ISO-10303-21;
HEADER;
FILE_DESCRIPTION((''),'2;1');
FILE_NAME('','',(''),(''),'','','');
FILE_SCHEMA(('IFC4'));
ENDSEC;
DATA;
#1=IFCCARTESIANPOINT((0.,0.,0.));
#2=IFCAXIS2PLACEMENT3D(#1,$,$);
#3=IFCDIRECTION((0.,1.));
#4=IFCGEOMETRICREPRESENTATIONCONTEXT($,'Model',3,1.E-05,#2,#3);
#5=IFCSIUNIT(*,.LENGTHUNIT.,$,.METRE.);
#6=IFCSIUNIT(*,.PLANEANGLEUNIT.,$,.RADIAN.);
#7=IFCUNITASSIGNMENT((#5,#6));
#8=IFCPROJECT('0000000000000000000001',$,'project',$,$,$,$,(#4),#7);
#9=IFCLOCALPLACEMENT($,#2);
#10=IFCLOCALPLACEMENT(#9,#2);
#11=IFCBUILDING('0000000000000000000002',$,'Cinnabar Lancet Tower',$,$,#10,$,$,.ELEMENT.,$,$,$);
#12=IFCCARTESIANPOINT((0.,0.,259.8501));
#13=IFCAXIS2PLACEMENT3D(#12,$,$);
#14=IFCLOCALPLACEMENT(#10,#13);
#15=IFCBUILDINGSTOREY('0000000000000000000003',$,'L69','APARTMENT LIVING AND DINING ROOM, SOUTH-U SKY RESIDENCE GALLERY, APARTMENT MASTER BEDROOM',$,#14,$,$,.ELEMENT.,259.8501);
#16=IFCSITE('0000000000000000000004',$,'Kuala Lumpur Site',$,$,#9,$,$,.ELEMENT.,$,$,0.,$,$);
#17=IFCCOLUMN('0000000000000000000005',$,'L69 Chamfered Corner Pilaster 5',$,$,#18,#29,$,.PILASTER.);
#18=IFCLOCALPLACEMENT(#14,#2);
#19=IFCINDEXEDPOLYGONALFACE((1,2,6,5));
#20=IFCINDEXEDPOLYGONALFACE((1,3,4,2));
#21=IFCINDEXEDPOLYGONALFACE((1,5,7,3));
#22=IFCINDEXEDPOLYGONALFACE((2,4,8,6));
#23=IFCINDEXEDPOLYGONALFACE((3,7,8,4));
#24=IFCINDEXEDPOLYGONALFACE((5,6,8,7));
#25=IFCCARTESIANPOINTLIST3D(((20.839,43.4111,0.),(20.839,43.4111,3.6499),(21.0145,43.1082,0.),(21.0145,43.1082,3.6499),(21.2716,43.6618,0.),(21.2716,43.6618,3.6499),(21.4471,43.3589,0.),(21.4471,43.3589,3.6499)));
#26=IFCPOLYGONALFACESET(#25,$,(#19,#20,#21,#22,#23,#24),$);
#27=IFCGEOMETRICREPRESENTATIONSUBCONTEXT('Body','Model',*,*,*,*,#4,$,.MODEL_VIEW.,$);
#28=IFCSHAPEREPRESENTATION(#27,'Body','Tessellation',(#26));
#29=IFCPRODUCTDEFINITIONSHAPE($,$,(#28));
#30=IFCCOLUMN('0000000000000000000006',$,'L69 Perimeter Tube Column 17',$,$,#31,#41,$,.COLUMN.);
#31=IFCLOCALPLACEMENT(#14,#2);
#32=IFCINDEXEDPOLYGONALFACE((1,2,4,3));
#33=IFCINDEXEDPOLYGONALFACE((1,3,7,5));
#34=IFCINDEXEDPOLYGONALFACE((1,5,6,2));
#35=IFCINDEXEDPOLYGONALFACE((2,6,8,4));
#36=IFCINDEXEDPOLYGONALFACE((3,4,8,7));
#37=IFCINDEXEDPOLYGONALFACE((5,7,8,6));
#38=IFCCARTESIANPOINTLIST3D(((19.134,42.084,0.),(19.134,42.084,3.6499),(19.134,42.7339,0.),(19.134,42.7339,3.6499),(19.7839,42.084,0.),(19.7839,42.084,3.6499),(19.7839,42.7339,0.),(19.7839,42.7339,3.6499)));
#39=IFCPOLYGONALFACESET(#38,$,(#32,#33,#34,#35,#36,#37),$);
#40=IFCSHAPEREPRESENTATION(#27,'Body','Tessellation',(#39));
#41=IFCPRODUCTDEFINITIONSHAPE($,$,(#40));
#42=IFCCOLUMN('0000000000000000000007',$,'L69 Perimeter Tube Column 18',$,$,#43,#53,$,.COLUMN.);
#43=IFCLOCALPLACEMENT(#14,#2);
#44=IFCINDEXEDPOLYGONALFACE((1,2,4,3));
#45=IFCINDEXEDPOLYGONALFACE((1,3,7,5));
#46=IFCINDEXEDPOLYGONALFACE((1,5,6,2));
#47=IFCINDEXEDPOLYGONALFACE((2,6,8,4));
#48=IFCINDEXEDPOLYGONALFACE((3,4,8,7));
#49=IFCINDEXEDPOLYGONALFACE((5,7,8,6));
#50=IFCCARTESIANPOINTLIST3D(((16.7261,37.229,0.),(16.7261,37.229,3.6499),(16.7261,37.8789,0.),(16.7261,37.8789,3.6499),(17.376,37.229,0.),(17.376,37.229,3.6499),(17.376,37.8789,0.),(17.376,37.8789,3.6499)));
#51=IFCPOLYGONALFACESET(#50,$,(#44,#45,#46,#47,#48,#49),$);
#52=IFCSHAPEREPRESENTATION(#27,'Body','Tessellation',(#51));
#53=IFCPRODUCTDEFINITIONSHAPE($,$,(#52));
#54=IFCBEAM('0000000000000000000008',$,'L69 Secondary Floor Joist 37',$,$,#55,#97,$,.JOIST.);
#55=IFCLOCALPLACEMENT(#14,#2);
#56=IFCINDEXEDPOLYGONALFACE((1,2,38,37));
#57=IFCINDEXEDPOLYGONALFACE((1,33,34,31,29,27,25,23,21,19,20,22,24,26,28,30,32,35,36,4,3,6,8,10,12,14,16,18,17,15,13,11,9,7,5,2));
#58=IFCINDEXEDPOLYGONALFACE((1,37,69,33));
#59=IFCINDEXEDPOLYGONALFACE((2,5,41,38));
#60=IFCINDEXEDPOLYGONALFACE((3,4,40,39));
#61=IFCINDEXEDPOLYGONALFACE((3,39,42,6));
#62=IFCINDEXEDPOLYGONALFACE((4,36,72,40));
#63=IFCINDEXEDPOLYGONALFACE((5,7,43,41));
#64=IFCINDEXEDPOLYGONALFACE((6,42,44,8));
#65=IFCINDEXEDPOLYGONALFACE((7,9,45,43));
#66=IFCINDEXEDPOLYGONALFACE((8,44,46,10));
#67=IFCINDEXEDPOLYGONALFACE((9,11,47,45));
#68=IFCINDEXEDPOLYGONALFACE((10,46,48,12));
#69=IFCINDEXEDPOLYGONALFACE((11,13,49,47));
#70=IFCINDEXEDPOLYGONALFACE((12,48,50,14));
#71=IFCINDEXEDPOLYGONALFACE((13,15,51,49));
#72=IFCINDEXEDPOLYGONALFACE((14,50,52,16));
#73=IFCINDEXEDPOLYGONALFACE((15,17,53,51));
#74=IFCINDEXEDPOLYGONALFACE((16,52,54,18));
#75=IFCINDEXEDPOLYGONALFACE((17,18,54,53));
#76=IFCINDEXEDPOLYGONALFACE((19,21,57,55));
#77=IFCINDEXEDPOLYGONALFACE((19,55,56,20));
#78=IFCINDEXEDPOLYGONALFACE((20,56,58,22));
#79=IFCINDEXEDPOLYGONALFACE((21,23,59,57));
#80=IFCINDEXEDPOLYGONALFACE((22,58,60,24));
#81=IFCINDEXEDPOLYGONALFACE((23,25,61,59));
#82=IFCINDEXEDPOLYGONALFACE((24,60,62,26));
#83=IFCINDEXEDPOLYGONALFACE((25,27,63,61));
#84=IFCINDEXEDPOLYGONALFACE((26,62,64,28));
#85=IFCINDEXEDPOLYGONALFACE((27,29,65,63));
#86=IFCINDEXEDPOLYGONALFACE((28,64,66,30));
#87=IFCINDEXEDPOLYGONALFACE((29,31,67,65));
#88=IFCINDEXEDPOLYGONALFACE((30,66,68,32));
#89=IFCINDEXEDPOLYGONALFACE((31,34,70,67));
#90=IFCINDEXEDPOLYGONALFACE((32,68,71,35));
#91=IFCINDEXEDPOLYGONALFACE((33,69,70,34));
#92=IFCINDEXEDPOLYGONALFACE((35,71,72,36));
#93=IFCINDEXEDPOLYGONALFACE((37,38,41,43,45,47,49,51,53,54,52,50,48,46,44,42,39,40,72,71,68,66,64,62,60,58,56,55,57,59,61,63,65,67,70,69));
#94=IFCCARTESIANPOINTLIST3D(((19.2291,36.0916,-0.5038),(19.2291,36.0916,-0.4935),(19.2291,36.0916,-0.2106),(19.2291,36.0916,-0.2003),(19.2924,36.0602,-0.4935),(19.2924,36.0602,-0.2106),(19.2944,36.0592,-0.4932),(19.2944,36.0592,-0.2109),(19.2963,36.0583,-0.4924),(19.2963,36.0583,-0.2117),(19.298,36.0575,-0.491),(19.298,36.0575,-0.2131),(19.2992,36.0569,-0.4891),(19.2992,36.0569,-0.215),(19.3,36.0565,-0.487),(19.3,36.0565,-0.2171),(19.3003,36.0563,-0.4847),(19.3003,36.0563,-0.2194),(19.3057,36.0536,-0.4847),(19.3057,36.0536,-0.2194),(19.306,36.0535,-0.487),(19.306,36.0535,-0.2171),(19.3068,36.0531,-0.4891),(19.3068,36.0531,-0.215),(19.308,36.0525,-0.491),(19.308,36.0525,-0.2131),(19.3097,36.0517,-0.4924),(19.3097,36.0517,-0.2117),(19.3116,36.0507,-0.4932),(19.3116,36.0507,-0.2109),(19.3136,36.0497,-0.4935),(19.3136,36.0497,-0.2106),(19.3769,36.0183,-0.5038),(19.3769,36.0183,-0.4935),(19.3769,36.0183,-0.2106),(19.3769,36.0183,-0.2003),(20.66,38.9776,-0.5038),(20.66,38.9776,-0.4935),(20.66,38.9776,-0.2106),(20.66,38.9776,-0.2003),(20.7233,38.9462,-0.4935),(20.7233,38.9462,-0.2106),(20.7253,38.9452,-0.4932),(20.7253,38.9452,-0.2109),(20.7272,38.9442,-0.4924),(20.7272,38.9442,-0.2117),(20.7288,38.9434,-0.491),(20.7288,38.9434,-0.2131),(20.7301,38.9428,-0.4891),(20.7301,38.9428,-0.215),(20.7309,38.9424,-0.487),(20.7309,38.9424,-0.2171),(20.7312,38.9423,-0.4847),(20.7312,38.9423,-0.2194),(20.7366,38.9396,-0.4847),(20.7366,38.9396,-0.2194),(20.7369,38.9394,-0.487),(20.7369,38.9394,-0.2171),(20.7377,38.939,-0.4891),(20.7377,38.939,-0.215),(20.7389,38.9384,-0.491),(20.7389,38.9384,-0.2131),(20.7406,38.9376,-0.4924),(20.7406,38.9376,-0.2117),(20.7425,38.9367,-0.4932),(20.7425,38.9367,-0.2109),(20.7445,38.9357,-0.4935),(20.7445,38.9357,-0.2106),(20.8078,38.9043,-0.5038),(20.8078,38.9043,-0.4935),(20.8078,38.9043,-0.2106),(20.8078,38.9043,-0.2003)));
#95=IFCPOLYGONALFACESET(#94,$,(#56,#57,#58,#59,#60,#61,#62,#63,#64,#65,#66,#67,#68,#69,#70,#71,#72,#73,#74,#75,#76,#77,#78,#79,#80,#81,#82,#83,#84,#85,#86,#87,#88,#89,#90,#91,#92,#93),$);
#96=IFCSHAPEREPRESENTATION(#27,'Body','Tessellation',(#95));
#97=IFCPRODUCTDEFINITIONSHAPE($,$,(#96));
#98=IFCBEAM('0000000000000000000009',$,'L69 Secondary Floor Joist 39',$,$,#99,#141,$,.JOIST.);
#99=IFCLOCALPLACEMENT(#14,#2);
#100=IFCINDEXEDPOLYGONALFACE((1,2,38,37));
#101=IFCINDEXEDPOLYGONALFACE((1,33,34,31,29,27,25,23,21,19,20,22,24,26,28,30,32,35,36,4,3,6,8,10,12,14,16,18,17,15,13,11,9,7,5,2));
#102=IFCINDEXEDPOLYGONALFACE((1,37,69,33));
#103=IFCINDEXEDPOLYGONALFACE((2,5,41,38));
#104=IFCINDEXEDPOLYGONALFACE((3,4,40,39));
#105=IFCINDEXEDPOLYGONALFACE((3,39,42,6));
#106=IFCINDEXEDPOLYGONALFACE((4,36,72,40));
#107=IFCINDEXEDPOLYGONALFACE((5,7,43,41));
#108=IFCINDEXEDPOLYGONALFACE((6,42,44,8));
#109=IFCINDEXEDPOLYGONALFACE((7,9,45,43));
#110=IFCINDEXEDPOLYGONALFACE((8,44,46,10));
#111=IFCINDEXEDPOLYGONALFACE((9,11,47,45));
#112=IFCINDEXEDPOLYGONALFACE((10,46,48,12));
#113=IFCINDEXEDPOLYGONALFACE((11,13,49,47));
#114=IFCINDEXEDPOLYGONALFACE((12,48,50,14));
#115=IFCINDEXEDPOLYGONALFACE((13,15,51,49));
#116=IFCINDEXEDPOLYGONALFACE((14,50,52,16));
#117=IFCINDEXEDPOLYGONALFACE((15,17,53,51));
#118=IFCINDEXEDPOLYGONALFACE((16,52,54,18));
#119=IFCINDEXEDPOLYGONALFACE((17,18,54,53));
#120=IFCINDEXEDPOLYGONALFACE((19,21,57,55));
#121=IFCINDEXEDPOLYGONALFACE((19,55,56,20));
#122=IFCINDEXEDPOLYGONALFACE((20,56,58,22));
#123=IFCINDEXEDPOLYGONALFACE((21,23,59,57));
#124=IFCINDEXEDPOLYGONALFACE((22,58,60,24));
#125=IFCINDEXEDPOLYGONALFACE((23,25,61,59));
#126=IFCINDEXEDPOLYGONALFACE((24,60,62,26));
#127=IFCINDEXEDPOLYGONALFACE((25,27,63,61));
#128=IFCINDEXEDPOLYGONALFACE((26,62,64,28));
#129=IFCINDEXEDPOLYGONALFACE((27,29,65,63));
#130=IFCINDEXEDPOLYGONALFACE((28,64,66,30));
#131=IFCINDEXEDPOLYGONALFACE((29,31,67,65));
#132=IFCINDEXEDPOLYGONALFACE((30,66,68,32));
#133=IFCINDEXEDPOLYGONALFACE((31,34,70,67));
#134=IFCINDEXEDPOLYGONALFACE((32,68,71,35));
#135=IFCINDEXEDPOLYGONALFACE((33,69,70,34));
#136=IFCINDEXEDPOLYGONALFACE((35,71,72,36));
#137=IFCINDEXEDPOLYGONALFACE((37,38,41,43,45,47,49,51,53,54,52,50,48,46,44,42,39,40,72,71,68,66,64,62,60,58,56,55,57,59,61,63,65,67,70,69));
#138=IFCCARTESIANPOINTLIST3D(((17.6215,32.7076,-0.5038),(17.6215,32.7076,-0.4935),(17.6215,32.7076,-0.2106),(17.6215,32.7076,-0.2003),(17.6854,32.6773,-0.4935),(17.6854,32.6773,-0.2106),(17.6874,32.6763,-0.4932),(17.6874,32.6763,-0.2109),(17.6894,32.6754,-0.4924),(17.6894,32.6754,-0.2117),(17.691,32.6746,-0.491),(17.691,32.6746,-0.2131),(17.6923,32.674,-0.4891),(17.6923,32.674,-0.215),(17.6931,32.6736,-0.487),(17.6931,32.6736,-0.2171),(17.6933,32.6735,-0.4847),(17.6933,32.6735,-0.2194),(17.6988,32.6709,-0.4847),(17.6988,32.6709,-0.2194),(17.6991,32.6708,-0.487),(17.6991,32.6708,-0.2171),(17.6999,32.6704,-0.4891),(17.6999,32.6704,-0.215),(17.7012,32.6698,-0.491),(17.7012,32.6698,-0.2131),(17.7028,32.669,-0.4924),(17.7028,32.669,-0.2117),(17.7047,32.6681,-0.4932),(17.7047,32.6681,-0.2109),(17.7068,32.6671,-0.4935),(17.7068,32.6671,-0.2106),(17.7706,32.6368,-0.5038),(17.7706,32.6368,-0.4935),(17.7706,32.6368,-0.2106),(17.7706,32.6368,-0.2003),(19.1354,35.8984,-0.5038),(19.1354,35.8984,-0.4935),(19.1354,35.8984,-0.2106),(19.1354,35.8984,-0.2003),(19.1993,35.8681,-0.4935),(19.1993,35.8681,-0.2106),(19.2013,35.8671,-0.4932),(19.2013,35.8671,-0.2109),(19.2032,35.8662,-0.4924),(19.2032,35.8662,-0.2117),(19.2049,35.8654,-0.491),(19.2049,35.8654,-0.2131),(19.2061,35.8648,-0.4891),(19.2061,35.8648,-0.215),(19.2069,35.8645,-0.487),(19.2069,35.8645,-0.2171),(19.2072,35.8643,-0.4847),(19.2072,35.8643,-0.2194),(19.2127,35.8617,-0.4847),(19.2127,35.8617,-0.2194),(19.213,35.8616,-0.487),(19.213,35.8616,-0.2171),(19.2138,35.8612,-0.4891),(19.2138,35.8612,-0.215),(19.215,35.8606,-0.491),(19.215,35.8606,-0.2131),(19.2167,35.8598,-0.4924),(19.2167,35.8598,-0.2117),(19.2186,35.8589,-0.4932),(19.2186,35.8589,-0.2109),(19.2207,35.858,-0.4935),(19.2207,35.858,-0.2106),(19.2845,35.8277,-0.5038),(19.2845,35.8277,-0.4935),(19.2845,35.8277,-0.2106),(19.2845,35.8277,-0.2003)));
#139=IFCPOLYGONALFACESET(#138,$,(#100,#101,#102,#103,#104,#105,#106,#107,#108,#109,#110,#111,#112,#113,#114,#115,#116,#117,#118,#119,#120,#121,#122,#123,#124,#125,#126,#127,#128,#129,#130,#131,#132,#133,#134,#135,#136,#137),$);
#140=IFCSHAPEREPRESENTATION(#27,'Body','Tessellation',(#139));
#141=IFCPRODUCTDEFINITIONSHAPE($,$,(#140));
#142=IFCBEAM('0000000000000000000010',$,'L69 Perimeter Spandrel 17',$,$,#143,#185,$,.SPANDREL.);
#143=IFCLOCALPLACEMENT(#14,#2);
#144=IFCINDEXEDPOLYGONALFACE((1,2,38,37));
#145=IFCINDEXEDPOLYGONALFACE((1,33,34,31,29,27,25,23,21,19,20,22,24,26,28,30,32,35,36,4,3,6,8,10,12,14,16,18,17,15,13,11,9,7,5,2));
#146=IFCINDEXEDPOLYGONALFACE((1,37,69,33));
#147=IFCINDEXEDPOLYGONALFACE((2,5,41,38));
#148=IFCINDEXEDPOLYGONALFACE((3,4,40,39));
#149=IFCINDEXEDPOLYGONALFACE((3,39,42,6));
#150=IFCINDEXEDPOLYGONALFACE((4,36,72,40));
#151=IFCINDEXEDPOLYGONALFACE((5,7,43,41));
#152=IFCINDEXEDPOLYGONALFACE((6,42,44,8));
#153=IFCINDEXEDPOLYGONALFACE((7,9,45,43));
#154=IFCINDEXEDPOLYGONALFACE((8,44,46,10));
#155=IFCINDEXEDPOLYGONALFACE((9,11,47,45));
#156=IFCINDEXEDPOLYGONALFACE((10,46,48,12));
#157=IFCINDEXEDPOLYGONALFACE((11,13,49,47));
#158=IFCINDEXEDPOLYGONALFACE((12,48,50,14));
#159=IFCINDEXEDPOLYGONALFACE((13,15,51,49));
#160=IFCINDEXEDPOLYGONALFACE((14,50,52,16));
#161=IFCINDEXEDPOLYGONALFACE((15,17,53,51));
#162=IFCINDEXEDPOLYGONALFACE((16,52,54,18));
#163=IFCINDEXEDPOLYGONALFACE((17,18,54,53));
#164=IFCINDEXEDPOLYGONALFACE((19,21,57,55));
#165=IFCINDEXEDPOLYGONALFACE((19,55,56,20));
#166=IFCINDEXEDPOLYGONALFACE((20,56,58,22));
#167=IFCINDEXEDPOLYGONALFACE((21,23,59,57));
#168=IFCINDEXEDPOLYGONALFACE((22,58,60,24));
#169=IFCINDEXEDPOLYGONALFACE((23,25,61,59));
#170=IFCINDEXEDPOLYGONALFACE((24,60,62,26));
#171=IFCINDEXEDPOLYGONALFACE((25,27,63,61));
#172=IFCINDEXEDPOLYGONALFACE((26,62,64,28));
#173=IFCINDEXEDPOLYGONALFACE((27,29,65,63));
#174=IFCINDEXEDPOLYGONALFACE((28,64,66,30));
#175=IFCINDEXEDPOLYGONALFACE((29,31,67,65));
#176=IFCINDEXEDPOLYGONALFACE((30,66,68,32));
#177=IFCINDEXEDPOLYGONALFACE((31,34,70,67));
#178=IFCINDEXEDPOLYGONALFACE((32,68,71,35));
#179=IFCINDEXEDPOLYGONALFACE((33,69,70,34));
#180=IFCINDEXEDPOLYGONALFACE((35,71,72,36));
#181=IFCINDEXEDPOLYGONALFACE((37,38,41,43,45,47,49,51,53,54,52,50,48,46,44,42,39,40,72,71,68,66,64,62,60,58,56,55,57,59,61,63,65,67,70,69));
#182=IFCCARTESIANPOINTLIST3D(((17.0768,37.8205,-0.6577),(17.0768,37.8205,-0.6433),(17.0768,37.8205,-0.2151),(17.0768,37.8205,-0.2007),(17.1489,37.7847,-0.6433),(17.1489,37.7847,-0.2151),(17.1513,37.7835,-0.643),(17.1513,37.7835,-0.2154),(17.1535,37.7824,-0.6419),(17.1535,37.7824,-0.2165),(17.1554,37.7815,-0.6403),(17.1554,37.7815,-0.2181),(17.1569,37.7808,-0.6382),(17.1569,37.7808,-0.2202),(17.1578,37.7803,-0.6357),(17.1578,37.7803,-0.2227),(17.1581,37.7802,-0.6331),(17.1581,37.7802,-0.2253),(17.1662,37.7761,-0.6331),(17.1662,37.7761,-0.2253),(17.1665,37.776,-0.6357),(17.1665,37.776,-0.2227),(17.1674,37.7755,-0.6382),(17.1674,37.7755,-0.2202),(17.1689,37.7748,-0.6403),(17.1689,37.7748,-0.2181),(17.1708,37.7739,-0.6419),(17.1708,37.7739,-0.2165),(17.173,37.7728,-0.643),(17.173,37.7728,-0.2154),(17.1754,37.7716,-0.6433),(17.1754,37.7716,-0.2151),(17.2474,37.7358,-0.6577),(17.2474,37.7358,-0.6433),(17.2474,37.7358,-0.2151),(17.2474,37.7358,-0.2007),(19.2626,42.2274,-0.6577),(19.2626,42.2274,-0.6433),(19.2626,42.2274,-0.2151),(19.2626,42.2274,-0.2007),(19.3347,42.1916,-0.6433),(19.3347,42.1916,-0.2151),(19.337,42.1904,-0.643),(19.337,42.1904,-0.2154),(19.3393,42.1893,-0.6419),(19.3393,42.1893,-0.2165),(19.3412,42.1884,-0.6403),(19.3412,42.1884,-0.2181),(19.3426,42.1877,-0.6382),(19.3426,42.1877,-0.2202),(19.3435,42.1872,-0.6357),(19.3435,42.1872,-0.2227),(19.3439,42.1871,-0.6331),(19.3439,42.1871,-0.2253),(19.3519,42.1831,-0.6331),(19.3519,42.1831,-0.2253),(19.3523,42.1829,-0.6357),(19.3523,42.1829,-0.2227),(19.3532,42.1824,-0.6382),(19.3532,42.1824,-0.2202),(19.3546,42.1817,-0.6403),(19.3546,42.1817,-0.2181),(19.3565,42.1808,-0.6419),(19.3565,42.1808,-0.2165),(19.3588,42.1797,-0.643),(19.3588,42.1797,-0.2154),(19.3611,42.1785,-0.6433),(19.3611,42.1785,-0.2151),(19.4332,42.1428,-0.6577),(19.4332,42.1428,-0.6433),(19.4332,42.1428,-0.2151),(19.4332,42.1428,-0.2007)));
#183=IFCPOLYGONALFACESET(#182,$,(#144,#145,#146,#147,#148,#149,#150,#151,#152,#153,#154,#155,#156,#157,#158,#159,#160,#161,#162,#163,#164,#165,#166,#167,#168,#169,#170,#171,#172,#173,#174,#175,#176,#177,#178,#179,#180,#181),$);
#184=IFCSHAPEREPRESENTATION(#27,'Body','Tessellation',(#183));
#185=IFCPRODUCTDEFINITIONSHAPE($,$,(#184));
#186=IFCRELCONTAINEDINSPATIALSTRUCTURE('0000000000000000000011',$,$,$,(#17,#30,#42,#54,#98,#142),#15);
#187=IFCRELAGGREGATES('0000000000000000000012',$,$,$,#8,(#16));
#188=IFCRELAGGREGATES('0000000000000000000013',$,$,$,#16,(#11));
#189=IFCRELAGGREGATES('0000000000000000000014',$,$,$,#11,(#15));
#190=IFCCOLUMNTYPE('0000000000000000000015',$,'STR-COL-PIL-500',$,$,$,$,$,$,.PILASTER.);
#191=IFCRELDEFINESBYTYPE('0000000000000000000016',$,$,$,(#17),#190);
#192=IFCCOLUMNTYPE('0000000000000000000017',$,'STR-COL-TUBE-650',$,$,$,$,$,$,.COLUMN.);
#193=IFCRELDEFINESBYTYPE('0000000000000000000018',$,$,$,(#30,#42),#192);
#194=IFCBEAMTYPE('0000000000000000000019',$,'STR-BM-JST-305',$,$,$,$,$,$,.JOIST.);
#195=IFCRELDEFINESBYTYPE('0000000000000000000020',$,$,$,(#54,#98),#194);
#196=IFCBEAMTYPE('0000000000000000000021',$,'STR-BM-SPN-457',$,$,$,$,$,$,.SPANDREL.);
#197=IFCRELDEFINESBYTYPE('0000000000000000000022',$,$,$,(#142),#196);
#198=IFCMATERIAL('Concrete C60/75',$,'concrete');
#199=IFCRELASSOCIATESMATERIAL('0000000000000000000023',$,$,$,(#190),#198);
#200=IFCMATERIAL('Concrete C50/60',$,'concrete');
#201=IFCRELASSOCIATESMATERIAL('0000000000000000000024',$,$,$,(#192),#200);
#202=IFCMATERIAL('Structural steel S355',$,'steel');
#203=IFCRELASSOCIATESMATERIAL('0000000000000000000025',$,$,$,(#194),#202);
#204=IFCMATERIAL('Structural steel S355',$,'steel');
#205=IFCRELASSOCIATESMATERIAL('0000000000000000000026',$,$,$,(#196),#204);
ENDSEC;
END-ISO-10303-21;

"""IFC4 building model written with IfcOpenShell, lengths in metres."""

from ifc_helpers import new_model, si_unit, direction, frame, origin, origin_2d, place, context, subcontext, project, spatial, rectangle, i_section, extrude, material, material_profile, profile_set, type_object, element, save


model = new_model("IFC4")

# Units and contexts
model_context = context("Model", 3, precision=1e-05, world=origin(), true_north=direction((0.0, 1.0)))
body_context = subcontext(model_context, "Body", "Model", "MODEL_VIEW")
ifc_project = project(units=[si_unit("LENGTHUNIT", "METRE"), si_unit("PLANEANGLEUNIT", "RADIAN")], contexts=[model_context])

# Site, building, storey
site_placement = place(None, origin())
site = spatial("IfcSite", under=ifc_project, at=site_placement, Name="Kuala Lumpur Site", CompositionType="ELEMENT", RefElevation=0.0)
building_placement = place(site_placement, origin())
building = spatial("IfcBuilding", under=site, at=building_placement, Name="Cinnabar Lancet Tower", CompositionType="ELEMENT")
storey_placement = place(building_placement, frame((0.0, 0.0, 259.8501)))
storey = spatial("IfcBuildingStorey", under=building, at=storey_placement, Name="L69", Description="APARTMENT LIVING AND DINING ROOM, SOUTH-U SKY RESIDENCE GALLERY, APARTMENT MASTER BEDROOM", CompositionType="ELEMENT", Elevation=259.8501)

# Columns
ifc_material_1 = material(Name="Concrete C60/75", Category="concrete")
ifc_material_profile_1 = material_profile(ifc_material_1, rectangle(XDim=0.5, YDim=0.3501, at=origin_2d()), Name="RC-PIL 500x350")
ifc_profile_set_1 = profile_set([ifc_material_profile_1], Name="Concrete C60/75")
column_type_1 = type_object("IfcColumnType", Name="STR-COL-PIL-500", PredefinedType="PILASTER", material=ifc_profile_set_1)
column_placement = place(storey_placement, frame((21.1431, 43.385, 0.0), z_axis=(0.0, 0.0, 1.0), x_axis=(-0.865256, -0.50133, 0.0)))
element("IfcColumn", 1, at=column_placement, inside=storey, type_object=column_type_1, Name="L69 Chamfered Corner Pilaster 5", PredefinedType="PILASTER", context=body_context, shape_type="SweptSolid", body=[
    extrude(rectangle(XDim=0.5, YDim=0.3501, at=origin_2d()), origin(), (0.0, 0.0, 1.0), 3.6499),
])
ifc_material_2 = material(Name="Concrete C50/60", Category="concrete")
ifc_material_profile_2 = material_profile(ifc_material_2, rectangle(XDim=0.6499, YDim=0.6499, at=origin_2d()), Name="RC-COL 650x650")
ifc_profile_set_2 = profile_set([ifc_material_profile_2], Name="Concrete C50/60")
column_type_2 = type_object("IfcColumnType", Name="STR-COL-TUBE-650", PredefinedType="COLUMN", material=ifc_profile_set_2)
for number, where, z_axis, x_axis, name in (
    (2, (19.459, 42.4089, 0.0), (0.0, 0.0, 1.0), (1.0, 0.0, 0.0), "L69 Perimeter Tube Column 17"),
    (3, (17.051, 37.554, 0.0), (0.0, 0.0, 1.0), (1.0, 0.0, 0.0), "L69 Perimeter Tube Column 18"),
):
    element("IfcColumn", number, at=place(storey_placement, frame(where, z_axis=z_axis, x_axis=x_axis)), inside=storey, type_object=column_type_2, Name=name, PredefinedType="COLUMN", context=body_context, shape_type="SweptSolid", body=[
        extrude(rectangle(XDim=0.6499, YDim=0.6499, at=origin_2d()), origin(), (0.0, 0.0, 1.0), 3.6499),
    ])

# Beams
ifc_material_3 = material(Name="Structural steel S355", Category="steel")
ifc_material_profile_3 = material_profile(ifc_material_3, i_section(OverallWidth=0.165, OverallDepth=0.3035, WebThickness=0.0061, FlangeThickness=0.0103, FilletRadius=0.0088, at=origin_2d()), Name="UKB 305x165x40")
ifc_profile_set_3 = profile_set([ifc_material_profile_3], Name="Structural steel S355")
beam_type_1 = type_object("IfcBeamType", Name="STR-BM-JST-305", PredefinedType="JOIST", material=ifc_profile_set_3)
beam_1_placement = place(storey_placement, frame((20.7339, 38.9409, -0.3521), z_axis=(-0.44421, -0.895923, 0.0), x_axis=(0.895923, -0.44421, 0.0)))
element("IfcBeam", 4, at=beam_1_placement, inside=storey, type_object=beam_type_1, Name="L69 Secondary Floor Joist 37", PredefinedType="JOIST", context=body_context, shape_type="SweptSolid", body=[
    extrude(i_section(OverallWidth=0.165, OverallDepth=0.3035, WebThickness=0.0061, FlangeThickness=0.0103, FilletRadius=0.0088, at=origin_2d()), origin(), (0.0, 0.0, 1.0), 3.2212),
])
beam_2_placement = place(storey_placement, frame((19.21, 35.863, -0.3521), z_axis=(-0.428648, -0.903472, 0.0), x_axis=(0.903472, -0.428648, 0.0)))
element("IfcBeam", 5, at=beam_2_placement, inside=storey, type_object=beam_type_1, Name="L69 Secondary Floor Joist 39", PredefinedType="JOIST", context=body_context, shape_type="SweptSolid", body=[
    extrude(i_section(OverallWidth=0.165, OverallDepth=0.3035, WebThickness=0.0061, FlangeThickness=0.0103, FilletRadius=0.0088, at=origin_2d()), origin(), (0.0, 0.0, 1.0), 3.5317),
])
ifc_material_4 = material(Name="Structural steel S355", Category="steel")
ifc_material_profile_4 = material_profile(ifc_material_4, i_section(OverallWidth=0.1904, OverallDepth=0.457, WebThickness=0.009, FlangeThickness=0.0144, FilletRadius=0.0103, at=origin_2d()), Name="UKB 457x191x74")
ifc_profile_set_4 = profile_set([ifc_material_profile_4], Name="Structural steel S355")
beam_type_2 = type_object("IfcBeamType", Name="STR-BM-SPN-457", PredefinedType="SPANDREL", material=ifc_profile_set_4)
beam_3_placement = place(storey_placement, frame((19.3479, 42.1851, -0.4292), z_axis=(-0.444333, -0.895862, 0.0), x_axis=(0.895862, -0.444333, 0.0)))
element("IfcBeam", 6, at=beam_3_placement, inside=storey, type_object=beam_type_2, Name="L69 Perimeter Spandrel 17", PredefinedType="SPANDREL", context=body_context, shape_type="SweptSolid", body=[
    extrude(i_section(OverallWidth=0.1904, OverallDepth=0.457, WebThickness=0.009, FlangeThickness=0.0144, FilletRadius=0.0103, at=origin_2d()), origin(), (0.0, 0.0, 1.0), 4.9192),
])

save(model, "model.ifc")
